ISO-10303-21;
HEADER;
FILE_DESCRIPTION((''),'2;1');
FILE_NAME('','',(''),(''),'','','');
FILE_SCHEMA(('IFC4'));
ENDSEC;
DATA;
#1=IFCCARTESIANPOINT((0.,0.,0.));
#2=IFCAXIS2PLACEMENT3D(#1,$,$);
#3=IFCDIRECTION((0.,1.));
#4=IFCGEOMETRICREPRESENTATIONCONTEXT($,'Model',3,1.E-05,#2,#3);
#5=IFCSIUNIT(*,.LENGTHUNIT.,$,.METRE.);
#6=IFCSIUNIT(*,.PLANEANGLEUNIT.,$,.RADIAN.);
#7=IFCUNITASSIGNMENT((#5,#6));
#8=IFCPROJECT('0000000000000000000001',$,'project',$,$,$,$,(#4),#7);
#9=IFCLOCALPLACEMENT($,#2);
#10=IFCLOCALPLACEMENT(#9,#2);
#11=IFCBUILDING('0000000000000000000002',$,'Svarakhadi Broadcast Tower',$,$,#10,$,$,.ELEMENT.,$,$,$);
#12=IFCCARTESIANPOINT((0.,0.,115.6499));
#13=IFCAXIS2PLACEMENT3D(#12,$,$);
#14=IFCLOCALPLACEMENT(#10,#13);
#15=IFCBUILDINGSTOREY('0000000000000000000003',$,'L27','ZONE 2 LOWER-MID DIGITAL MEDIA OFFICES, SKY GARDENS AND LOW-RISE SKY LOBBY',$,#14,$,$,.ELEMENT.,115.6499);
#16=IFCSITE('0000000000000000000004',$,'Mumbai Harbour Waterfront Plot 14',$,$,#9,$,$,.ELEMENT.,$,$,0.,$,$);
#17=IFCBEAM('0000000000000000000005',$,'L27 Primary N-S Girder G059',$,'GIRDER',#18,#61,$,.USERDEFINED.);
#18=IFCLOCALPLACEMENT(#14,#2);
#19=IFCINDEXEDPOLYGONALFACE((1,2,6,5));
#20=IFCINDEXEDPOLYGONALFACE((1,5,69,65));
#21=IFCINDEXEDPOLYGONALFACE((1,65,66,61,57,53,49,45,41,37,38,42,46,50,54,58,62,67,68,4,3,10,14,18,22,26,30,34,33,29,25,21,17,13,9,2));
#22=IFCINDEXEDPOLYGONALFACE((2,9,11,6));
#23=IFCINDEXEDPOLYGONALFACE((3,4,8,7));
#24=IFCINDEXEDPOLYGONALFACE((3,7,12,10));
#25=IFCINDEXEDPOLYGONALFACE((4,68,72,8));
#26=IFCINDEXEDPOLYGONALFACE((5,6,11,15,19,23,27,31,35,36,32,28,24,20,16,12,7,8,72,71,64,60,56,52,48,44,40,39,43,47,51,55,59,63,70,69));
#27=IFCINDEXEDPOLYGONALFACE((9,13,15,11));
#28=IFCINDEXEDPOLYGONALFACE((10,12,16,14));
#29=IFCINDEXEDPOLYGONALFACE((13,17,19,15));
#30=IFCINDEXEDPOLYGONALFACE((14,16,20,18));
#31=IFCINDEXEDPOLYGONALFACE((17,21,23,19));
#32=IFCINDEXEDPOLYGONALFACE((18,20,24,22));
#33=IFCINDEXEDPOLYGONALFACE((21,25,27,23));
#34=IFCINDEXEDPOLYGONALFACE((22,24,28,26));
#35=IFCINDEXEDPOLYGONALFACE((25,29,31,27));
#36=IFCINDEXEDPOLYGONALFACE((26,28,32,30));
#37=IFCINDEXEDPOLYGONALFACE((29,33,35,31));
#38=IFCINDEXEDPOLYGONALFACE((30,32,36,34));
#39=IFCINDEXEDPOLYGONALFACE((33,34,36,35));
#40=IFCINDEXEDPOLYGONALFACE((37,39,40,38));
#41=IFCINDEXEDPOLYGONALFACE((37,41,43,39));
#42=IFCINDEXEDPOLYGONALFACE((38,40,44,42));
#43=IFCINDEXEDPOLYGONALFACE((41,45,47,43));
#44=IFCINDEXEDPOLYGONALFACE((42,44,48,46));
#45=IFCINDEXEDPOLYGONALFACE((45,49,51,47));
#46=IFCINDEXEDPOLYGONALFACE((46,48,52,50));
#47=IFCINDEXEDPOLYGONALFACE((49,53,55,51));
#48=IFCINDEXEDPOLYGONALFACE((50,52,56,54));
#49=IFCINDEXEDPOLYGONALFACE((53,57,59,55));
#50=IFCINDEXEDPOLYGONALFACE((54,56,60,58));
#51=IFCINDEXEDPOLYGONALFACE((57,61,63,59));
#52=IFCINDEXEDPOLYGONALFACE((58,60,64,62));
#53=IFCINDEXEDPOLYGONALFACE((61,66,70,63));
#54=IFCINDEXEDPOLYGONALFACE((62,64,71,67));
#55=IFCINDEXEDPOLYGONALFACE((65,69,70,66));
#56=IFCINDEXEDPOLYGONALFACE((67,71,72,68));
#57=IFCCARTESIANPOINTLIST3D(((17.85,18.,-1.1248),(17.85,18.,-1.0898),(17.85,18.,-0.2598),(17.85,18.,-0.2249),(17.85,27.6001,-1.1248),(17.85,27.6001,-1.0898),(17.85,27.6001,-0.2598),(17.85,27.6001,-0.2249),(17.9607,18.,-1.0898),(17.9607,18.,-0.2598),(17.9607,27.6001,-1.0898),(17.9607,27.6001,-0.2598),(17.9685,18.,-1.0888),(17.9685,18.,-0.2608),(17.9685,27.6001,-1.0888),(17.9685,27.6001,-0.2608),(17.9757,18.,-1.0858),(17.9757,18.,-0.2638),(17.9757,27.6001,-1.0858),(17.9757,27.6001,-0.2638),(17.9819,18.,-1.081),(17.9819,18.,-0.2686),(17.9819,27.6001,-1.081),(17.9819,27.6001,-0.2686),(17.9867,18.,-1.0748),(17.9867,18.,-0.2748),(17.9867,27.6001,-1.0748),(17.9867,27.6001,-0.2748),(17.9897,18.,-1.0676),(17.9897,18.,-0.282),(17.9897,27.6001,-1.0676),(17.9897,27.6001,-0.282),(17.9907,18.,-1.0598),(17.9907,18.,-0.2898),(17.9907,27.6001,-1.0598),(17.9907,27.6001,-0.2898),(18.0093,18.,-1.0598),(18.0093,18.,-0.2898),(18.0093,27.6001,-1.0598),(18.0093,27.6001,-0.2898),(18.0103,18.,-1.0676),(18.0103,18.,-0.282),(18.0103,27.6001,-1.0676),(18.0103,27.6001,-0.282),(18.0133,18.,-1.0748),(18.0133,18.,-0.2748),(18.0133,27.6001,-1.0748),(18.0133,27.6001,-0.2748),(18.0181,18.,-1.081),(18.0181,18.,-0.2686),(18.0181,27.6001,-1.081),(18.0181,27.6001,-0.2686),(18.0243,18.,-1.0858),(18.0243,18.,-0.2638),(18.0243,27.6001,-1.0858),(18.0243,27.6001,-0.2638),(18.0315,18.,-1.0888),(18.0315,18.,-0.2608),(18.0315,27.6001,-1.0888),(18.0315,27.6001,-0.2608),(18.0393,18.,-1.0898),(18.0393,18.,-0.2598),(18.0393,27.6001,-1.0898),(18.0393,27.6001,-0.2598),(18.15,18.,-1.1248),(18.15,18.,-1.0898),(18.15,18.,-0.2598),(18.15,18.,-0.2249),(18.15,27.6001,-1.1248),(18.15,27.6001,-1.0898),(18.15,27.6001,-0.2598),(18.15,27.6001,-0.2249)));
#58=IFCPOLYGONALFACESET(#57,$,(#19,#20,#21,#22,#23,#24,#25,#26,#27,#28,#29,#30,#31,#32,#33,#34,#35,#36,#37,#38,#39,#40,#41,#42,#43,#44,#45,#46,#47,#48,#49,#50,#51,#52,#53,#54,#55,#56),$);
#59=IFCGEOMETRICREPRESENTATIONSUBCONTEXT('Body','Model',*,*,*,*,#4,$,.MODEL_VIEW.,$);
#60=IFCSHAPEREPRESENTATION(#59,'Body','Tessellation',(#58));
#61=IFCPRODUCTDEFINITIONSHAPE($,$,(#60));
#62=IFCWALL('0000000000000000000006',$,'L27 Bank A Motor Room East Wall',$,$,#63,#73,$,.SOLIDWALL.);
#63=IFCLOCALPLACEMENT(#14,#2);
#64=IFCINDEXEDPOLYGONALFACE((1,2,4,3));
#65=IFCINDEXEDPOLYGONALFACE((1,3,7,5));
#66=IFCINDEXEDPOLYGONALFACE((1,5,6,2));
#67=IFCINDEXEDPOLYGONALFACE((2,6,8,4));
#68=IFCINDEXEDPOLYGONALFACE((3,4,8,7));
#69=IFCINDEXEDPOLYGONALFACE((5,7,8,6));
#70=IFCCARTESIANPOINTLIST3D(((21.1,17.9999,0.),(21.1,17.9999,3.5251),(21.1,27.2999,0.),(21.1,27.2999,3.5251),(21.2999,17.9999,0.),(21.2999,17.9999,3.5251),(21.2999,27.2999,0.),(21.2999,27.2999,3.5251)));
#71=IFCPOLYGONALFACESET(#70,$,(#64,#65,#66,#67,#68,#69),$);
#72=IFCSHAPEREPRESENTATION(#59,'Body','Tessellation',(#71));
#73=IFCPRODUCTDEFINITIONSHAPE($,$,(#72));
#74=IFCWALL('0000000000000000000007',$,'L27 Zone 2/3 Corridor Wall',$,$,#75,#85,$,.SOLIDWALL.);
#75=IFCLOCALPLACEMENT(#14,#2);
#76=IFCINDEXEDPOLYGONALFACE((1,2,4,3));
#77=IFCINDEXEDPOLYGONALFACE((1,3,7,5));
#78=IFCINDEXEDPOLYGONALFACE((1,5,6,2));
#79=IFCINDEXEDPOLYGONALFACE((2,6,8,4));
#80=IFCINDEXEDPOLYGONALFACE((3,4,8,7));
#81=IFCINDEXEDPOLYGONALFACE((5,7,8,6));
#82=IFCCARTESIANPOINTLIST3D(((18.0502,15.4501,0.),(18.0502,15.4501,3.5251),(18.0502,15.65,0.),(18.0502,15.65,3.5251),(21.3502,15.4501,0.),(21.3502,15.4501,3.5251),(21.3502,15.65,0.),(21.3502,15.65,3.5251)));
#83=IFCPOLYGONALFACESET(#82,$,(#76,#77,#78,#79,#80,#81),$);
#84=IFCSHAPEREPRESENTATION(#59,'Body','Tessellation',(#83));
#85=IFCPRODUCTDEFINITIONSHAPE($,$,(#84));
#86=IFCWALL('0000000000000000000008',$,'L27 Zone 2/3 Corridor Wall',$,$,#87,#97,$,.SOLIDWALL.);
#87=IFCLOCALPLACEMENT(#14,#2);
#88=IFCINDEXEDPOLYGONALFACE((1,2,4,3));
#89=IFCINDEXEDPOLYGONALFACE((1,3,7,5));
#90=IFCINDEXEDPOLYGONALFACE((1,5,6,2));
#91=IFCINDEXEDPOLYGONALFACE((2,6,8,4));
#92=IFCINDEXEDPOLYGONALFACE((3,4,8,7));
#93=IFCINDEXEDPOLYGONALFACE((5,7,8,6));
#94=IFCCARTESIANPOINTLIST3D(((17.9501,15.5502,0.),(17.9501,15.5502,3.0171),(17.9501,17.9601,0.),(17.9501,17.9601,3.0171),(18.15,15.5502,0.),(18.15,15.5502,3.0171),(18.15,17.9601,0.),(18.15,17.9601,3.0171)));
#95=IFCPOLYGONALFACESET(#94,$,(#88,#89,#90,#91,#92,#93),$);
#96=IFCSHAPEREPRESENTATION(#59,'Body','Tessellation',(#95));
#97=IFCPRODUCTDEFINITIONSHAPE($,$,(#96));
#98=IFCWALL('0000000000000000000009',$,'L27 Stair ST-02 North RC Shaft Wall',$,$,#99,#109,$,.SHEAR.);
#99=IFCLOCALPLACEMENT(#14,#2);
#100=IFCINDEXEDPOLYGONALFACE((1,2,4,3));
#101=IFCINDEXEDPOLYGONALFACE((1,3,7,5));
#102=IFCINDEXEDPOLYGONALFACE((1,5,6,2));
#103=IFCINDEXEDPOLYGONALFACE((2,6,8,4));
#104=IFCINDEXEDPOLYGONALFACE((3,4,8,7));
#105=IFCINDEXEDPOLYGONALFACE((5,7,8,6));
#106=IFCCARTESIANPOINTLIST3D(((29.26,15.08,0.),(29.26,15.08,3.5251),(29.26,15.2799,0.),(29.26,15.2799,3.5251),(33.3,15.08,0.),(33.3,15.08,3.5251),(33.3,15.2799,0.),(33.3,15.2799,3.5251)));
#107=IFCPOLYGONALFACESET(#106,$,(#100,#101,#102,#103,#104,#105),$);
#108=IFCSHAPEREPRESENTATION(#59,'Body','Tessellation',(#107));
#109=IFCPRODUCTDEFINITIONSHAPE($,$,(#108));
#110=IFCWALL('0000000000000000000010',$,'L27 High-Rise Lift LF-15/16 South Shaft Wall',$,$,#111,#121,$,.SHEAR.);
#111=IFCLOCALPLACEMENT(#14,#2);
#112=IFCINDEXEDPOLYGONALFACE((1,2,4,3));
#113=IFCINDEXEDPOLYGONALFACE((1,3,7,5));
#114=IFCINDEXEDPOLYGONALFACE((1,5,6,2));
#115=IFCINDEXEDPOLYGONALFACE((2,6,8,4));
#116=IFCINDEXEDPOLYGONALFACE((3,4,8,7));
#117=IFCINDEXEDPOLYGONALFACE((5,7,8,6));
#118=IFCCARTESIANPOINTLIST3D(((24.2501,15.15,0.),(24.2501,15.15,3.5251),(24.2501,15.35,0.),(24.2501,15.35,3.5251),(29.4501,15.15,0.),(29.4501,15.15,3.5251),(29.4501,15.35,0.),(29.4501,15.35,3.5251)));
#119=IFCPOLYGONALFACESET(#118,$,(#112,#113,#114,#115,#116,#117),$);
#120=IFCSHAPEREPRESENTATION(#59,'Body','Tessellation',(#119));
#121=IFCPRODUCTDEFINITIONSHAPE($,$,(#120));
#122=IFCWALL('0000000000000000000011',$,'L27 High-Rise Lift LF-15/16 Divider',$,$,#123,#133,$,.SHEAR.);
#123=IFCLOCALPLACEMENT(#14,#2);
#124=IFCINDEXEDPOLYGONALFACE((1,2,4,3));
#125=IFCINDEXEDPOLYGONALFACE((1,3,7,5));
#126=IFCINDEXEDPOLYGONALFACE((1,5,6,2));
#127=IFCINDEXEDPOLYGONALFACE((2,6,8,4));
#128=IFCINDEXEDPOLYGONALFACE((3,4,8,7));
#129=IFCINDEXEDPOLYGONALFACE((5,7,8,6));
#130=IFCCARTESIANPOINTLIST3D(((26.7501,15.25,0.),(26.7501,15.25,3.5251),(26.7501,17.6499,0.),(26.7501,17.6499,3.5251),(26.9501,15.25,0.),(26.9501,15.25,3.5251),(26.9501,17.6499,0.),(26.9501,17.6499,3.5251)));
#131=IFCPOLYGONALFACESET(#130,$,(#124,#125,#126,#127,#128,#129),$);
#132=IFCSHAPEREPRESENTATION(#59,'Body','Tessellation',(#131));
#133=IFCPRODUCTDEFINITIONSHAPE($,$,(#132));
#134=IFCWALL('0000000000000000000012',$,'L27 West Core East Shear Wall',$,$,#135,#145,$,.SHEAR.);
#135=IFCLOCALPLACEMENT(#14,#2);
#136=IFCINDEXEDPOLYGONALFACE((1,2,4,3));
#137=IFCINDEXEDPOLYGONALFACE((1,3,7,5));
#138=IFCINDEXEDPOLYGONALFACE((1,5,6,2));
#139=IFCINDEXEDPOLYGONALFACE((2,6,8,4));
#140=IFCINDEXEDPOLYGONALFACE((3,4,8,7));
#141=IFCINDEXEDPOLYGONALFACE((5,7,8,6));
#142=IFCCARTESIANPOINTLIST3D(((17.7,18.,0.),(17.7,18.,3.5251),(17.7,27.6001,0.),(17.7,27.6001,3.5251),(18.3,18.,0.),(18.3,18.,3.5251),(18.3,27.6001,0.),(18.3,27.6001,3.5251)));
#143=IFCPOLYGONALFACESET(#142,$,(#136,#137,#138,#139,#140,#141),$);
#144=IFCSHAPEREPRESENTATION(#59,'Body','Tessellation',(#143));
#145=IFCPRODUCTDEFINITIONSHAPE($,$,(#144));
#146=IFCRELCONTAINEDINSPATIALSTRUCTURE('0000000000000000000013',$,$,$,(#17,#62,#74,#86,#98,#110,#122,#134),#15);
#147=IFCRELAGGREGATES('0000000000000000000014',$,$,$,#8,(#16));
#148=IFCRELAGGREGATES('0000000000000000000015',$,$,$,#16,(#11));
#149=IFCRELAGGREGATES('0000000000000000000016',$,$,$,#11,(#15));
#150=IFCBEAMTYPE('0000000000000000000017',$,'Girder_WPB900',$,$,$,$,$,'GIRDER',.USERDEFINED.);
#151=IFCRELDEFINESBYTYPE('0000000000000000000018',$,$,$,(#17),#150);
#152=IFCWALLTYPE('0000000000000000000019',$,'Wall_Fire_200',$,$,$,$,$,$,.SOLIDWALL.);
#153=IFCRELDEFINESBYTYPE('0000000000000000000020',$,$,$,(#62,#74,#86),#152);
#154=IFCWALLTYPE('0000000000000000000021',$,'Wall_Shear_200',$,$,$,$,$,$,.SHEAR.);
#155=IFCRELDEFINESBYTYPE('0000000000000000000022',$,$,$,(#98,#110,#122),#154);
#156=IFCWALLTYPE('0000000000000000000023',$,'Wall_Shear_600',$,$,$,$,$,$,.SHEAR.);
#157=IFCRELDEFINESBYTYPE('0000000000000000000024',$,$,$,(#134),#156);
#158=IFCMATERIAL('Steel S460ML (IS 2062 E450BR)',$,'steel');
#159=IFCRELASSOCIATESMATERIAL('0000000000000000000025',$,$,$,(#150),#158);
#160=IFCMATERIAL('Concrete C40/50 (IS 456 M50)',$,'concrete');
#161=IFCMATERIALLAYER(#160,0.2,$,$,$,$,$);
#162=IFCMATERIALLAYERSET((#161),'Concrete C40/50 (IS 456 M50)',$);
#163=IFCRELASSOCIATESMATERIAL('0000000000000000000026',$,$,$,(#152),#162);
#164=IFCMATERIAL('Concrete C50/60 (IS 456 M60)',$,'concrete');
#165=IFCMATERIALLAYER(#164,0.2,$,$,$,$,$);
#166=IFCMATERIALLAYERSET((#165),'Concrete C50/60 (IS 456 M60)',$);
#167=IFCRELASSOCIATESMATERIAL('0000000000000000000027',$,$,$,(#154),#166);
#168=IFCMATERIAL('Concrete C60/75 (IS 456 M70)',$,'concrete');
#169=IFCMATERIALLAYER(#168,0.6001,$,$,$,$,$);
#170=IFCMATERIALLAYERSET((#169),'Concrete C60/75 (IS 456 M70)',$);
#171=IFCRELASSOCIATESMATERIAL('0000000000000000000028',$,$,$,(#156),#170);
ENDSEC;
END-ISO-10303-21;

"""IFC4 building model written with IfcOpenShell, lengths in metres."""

from ifc_helpers import new_model, si_unit, direction, frame, frame_2d, origin, origin_2d, place, context, subcontext, project, spatial, rectangle, i_section, extrude, material, layer, layer_set, material_profile, profile_set, type_object, element, save


model = new_model("IFC4")

# Units and contexts
model_context = context("Model", 3, precision=1e-05, world=origin(), true_north=direction((0.0, 1.0)))
body_context = subcontext(model_context, "Body", "Model", "MODEL_VIEW")
ifc_project = project(units=[si_unit("LENGTHUNIT", "METRE"), si_unit("PLANEANGLEUNIT", "RADIAN")], contexts=[model_context])

# Site, building, storey
site_placement = place(None, origin())
site = spatial("IfcSite", under=ifc_project, at=site_placement, Name="Mumbai Harbour Waterfront Plot 14", CompositionType="ELEMENT", RefElevation=0.0)
building_placement = place(site_placement, origin())
building = spatial("IfcBuilding", under=site, at=building_placement, Name="Svarakhadi Broadcast Tower", CompositionType="ELEMENT")
storey_placement = place(building_placement, frame((0.0, 0.0, 115.6499)))
storey = spatial("IfcBuildingStorey", under=building, at=storey_placement, Name="L27", Description="ZONE 2 LOWER-MID DIGITAL MEDIA OFFICES, SKY GARDENS AND LOW-RISE SKY LOBBY", CompositionType="ELEMENT", Elevation=115.6499)

# Shared definitions
ifc_material_1 = material(Name="Concrete C50/60 (IS 456 M60)", Category="concrete")

# Beam
ifc_material_2 = material(Name="Steel S460ML (IS 2062 E450BR)", Category="steel")
ifc_material_profile_1 = material_profile(ifc_material_2, i_section(OverallWidth=0.3, OverallDepth=0.8999, WebThickness=0.0186, FlangeThickness=0.0349, FilletRadius=0.03, at=origin_2d()), Name="WPB 900x300x291")
ifc_profile_set_1 = profile_set([ifc_material_profile_1], Name="Steel S460ML (IS 2062 E450BR)")
beam_type_1 = type_object("IfcBeamType", Name="Girder_WPB900", ElementType="GIRDER", PredefinedType="USERDEFINED", material=ifc_profile_set_1)
beam_1_placement = place(storey_placement, frame((18.0, 18.0, -0.6748), z_axis=(0.0, 1.0, 0.0), x_axis=(-1.0, 0.0, 0.0)))
element("IfcBeam", 1, at=beam_1_placement, inside=storey, type_object=beam_type_1, Name="L27 Primary N-S Girder G059", ObjectType="GIRDER", PredefinedType="USERDEFINED", context=body_context, shape_type="SweptSolid", body=[
    extrude(i_section(OverallWidth=0.3, OverallDepth=0.8999, WebThickness=0.0186, FlangeThickness=0.0349, FilletRadius=0.03, at=origin_2d()), origin(), (0.0, 0.0, 1.0), 9.6001),
])

# Shared definitions
ifc_material_3 = material(Name="Concrete C40/50 (IS 456 M50)", Category="concrete")
ifc_layer_1 = layer(ifc_material_3, 0.2)
ifc_layer_set_1 = layer_set([ifc_layer_1], Name="Concrete C40/50 (IS 456 M50)")
wall_type_1 = type_object("IfcWallType", Name="Wall_Fire_200", PredefinedType="SOLIDWALL", material=ifc_layer_set_1)

# Walls
wall_1_placement = place(storey_placement, frame((21.2, 18.0, 0.0), z_axis=(0.0, 0.0, 1.0), x_axis=(0.0, 1.0, 0.0)))
element("IfcWall", 2, at=wall_1_placement, inside=storey, type_object=wall_type_1, Name="L27 Bank A Motor Room East Wall", PredefinedType="SOLIDWALL", context=body_context, shape_type="SweptSolid", body=[
    extrude(rectangle(XDim=9.3, YDim=0.2, at=frame_2d((4.6499, 0.0))), origin(), (0.0, 0.0, 1.0), 3.5251),
])
wall_2_placement = place(storey_placement, frame((21.3501, 15.55, 0.0), z_axis=(0.0, 0.0, 1.0), x_axis=(-1.0, 0.0, 0.0)))
element("IfcWall", 3, at=wall_2_placement, inside=storey, type_object=wall_type_1, Name="L27 Zone 2/3 Corridor Wall", PredefinedType="SOLIDWALL", context=body_context, shape_type="SweptSolid", body=[
    extrude(rectangle(XDim=3.3, YDim=0.2, at=frame_2d((1.6499, 0.0))), origin(), (0.0, 0.0, 1.0), 3.5251),
])
wall_3_placement = place(storey_placement, frame((18.05, 15.55, 0.0), z_axis=(0.0, 0.0, 1.0), x_axis=(0.0, 1.0, 0.0)))
element("IfcWall", 4, at=wall_3_placement, inside=storey, type_object=wall_type_1, Name="L27 Zone 2/3 Corridor Wall", PredefinedType="SOLIDWALL", context=body_context, shape_type="SweptSolid", body=[
    extrude(rectangle(XDim=2.4099, YDim=0.2, at=frame_2d((1.2051, 0.0))), origin(), (0.0, 0.0, 1.0), 3.0171),
])
ifc_layer_2 = layer(ifc_material_1, 0.2)
ifc_layer_set_2 = layer_set([ifc_layer_2], Name="Concrete C50/60 (IS 456 M60)")
wall_type_2 = type_object("IfcWallType", Name="Wall_Shear_200", PredefinedType="SHEAR", material=ifc_layer_set_2)
wall_4_placement = place(storey_placement, frame((29.26, 15.1799, 0.0), z_axis=(0.0, 0.0, 1.0), x_axis=(1.0, 0.0, 0.0)))
element("IfcWall", 5, at=wall_4_placement, inside=storey, type_object=wall_type_2, Name="L27 Stair ST-02 North RC Shaft Wall", PredefinedType="SHEAR", context=body_context, shape_type="SweptSolid", body=[
    extrude(rectangle(XDim=4.04, YDim=0.2, at=frame_2d((2.02, 0.0))), origin(), (0.0, 0.0, 1.0), 3.5251),
])

# Walls
wall_5_placement = place(storey_placement, frame((24.25, 15.25, 0.0), z_axis=(0.0, 0.0, 1.0), x_axis=(1.0, 0.0, 0.0)))
element("IfcWall", 6, at=wall_5_placement, inside=storey, type_object=wall_type_2, Name="L27 High-Rise Lift LF-15/16 South Shaft Wall", PredefinedType="SHEAR", context=body_context, shape_type="SweptSolid", body=[
    extrude(rectangle(XDim=5.2, YDim=0.2, at=frame_2d((2.6001, 0.0))), origin(), (0.0, 0.0, 1.0), 3.5251),
])
wall_6_placement = place(storey_placement, frame((26.8501, 15.25, 0.0), z_axis=(0.0, 0.0, 1.0), x_axis=(0.0, 1.0, 0.0)))
element("IfcWall", 7, at=wall_6_placement, inside=storey, type_object=wall_type_2, Name="L27 High-Rise Lift LF-15/16 Divider", PredefinedType="SHEAR", context=body_context, shape_type="SweptSolid", body=[
    extrude(rectangle(XDim=2.3999, YDim=0.2, at=frame_2d((1.2, 0.0))), origin(), (0.0, 0.0, 1.0), 3.5251),
])
ifc_material_4 = material(Name="Concrete C60/75 (IS 456 M70)", Category="concrete")
ifc_layer_3 = layer(ifc_material_4, 0.6001)
ifc_layer_set_3 = layer_set([ifc_layer_3], Name="Concrete C60/75 (IS 456 M70)")
wall_type_3 = type_object("IfcWallType", Name="Wall_Shear_600", PredefinedType="SHEAR", material=ifc_layer_set_3)
wall_7_placement = place(storey_placement, frame((18.0, 18.0, 0.0), z_axis=(0.0, 0.0, 1.0), x_axis=(0.0, 1.0, 0.0)))
element("IfcWall", 8, at=wall_7_placement, inside=storey, type_object=wall_type_3, Name="L27 West Core East Shear Wall", PredefinedType="SHEAR", context=body_context, shape_type="SweptSolid", body=[
    extrude(rectangle(XDim=9.6001, YDim=0.6001, at=frame_2d((4.8, 0.0))), origin(), (0.0, 0.0, 1.0), 3.5251),
])

save(model, "model.ifc")
